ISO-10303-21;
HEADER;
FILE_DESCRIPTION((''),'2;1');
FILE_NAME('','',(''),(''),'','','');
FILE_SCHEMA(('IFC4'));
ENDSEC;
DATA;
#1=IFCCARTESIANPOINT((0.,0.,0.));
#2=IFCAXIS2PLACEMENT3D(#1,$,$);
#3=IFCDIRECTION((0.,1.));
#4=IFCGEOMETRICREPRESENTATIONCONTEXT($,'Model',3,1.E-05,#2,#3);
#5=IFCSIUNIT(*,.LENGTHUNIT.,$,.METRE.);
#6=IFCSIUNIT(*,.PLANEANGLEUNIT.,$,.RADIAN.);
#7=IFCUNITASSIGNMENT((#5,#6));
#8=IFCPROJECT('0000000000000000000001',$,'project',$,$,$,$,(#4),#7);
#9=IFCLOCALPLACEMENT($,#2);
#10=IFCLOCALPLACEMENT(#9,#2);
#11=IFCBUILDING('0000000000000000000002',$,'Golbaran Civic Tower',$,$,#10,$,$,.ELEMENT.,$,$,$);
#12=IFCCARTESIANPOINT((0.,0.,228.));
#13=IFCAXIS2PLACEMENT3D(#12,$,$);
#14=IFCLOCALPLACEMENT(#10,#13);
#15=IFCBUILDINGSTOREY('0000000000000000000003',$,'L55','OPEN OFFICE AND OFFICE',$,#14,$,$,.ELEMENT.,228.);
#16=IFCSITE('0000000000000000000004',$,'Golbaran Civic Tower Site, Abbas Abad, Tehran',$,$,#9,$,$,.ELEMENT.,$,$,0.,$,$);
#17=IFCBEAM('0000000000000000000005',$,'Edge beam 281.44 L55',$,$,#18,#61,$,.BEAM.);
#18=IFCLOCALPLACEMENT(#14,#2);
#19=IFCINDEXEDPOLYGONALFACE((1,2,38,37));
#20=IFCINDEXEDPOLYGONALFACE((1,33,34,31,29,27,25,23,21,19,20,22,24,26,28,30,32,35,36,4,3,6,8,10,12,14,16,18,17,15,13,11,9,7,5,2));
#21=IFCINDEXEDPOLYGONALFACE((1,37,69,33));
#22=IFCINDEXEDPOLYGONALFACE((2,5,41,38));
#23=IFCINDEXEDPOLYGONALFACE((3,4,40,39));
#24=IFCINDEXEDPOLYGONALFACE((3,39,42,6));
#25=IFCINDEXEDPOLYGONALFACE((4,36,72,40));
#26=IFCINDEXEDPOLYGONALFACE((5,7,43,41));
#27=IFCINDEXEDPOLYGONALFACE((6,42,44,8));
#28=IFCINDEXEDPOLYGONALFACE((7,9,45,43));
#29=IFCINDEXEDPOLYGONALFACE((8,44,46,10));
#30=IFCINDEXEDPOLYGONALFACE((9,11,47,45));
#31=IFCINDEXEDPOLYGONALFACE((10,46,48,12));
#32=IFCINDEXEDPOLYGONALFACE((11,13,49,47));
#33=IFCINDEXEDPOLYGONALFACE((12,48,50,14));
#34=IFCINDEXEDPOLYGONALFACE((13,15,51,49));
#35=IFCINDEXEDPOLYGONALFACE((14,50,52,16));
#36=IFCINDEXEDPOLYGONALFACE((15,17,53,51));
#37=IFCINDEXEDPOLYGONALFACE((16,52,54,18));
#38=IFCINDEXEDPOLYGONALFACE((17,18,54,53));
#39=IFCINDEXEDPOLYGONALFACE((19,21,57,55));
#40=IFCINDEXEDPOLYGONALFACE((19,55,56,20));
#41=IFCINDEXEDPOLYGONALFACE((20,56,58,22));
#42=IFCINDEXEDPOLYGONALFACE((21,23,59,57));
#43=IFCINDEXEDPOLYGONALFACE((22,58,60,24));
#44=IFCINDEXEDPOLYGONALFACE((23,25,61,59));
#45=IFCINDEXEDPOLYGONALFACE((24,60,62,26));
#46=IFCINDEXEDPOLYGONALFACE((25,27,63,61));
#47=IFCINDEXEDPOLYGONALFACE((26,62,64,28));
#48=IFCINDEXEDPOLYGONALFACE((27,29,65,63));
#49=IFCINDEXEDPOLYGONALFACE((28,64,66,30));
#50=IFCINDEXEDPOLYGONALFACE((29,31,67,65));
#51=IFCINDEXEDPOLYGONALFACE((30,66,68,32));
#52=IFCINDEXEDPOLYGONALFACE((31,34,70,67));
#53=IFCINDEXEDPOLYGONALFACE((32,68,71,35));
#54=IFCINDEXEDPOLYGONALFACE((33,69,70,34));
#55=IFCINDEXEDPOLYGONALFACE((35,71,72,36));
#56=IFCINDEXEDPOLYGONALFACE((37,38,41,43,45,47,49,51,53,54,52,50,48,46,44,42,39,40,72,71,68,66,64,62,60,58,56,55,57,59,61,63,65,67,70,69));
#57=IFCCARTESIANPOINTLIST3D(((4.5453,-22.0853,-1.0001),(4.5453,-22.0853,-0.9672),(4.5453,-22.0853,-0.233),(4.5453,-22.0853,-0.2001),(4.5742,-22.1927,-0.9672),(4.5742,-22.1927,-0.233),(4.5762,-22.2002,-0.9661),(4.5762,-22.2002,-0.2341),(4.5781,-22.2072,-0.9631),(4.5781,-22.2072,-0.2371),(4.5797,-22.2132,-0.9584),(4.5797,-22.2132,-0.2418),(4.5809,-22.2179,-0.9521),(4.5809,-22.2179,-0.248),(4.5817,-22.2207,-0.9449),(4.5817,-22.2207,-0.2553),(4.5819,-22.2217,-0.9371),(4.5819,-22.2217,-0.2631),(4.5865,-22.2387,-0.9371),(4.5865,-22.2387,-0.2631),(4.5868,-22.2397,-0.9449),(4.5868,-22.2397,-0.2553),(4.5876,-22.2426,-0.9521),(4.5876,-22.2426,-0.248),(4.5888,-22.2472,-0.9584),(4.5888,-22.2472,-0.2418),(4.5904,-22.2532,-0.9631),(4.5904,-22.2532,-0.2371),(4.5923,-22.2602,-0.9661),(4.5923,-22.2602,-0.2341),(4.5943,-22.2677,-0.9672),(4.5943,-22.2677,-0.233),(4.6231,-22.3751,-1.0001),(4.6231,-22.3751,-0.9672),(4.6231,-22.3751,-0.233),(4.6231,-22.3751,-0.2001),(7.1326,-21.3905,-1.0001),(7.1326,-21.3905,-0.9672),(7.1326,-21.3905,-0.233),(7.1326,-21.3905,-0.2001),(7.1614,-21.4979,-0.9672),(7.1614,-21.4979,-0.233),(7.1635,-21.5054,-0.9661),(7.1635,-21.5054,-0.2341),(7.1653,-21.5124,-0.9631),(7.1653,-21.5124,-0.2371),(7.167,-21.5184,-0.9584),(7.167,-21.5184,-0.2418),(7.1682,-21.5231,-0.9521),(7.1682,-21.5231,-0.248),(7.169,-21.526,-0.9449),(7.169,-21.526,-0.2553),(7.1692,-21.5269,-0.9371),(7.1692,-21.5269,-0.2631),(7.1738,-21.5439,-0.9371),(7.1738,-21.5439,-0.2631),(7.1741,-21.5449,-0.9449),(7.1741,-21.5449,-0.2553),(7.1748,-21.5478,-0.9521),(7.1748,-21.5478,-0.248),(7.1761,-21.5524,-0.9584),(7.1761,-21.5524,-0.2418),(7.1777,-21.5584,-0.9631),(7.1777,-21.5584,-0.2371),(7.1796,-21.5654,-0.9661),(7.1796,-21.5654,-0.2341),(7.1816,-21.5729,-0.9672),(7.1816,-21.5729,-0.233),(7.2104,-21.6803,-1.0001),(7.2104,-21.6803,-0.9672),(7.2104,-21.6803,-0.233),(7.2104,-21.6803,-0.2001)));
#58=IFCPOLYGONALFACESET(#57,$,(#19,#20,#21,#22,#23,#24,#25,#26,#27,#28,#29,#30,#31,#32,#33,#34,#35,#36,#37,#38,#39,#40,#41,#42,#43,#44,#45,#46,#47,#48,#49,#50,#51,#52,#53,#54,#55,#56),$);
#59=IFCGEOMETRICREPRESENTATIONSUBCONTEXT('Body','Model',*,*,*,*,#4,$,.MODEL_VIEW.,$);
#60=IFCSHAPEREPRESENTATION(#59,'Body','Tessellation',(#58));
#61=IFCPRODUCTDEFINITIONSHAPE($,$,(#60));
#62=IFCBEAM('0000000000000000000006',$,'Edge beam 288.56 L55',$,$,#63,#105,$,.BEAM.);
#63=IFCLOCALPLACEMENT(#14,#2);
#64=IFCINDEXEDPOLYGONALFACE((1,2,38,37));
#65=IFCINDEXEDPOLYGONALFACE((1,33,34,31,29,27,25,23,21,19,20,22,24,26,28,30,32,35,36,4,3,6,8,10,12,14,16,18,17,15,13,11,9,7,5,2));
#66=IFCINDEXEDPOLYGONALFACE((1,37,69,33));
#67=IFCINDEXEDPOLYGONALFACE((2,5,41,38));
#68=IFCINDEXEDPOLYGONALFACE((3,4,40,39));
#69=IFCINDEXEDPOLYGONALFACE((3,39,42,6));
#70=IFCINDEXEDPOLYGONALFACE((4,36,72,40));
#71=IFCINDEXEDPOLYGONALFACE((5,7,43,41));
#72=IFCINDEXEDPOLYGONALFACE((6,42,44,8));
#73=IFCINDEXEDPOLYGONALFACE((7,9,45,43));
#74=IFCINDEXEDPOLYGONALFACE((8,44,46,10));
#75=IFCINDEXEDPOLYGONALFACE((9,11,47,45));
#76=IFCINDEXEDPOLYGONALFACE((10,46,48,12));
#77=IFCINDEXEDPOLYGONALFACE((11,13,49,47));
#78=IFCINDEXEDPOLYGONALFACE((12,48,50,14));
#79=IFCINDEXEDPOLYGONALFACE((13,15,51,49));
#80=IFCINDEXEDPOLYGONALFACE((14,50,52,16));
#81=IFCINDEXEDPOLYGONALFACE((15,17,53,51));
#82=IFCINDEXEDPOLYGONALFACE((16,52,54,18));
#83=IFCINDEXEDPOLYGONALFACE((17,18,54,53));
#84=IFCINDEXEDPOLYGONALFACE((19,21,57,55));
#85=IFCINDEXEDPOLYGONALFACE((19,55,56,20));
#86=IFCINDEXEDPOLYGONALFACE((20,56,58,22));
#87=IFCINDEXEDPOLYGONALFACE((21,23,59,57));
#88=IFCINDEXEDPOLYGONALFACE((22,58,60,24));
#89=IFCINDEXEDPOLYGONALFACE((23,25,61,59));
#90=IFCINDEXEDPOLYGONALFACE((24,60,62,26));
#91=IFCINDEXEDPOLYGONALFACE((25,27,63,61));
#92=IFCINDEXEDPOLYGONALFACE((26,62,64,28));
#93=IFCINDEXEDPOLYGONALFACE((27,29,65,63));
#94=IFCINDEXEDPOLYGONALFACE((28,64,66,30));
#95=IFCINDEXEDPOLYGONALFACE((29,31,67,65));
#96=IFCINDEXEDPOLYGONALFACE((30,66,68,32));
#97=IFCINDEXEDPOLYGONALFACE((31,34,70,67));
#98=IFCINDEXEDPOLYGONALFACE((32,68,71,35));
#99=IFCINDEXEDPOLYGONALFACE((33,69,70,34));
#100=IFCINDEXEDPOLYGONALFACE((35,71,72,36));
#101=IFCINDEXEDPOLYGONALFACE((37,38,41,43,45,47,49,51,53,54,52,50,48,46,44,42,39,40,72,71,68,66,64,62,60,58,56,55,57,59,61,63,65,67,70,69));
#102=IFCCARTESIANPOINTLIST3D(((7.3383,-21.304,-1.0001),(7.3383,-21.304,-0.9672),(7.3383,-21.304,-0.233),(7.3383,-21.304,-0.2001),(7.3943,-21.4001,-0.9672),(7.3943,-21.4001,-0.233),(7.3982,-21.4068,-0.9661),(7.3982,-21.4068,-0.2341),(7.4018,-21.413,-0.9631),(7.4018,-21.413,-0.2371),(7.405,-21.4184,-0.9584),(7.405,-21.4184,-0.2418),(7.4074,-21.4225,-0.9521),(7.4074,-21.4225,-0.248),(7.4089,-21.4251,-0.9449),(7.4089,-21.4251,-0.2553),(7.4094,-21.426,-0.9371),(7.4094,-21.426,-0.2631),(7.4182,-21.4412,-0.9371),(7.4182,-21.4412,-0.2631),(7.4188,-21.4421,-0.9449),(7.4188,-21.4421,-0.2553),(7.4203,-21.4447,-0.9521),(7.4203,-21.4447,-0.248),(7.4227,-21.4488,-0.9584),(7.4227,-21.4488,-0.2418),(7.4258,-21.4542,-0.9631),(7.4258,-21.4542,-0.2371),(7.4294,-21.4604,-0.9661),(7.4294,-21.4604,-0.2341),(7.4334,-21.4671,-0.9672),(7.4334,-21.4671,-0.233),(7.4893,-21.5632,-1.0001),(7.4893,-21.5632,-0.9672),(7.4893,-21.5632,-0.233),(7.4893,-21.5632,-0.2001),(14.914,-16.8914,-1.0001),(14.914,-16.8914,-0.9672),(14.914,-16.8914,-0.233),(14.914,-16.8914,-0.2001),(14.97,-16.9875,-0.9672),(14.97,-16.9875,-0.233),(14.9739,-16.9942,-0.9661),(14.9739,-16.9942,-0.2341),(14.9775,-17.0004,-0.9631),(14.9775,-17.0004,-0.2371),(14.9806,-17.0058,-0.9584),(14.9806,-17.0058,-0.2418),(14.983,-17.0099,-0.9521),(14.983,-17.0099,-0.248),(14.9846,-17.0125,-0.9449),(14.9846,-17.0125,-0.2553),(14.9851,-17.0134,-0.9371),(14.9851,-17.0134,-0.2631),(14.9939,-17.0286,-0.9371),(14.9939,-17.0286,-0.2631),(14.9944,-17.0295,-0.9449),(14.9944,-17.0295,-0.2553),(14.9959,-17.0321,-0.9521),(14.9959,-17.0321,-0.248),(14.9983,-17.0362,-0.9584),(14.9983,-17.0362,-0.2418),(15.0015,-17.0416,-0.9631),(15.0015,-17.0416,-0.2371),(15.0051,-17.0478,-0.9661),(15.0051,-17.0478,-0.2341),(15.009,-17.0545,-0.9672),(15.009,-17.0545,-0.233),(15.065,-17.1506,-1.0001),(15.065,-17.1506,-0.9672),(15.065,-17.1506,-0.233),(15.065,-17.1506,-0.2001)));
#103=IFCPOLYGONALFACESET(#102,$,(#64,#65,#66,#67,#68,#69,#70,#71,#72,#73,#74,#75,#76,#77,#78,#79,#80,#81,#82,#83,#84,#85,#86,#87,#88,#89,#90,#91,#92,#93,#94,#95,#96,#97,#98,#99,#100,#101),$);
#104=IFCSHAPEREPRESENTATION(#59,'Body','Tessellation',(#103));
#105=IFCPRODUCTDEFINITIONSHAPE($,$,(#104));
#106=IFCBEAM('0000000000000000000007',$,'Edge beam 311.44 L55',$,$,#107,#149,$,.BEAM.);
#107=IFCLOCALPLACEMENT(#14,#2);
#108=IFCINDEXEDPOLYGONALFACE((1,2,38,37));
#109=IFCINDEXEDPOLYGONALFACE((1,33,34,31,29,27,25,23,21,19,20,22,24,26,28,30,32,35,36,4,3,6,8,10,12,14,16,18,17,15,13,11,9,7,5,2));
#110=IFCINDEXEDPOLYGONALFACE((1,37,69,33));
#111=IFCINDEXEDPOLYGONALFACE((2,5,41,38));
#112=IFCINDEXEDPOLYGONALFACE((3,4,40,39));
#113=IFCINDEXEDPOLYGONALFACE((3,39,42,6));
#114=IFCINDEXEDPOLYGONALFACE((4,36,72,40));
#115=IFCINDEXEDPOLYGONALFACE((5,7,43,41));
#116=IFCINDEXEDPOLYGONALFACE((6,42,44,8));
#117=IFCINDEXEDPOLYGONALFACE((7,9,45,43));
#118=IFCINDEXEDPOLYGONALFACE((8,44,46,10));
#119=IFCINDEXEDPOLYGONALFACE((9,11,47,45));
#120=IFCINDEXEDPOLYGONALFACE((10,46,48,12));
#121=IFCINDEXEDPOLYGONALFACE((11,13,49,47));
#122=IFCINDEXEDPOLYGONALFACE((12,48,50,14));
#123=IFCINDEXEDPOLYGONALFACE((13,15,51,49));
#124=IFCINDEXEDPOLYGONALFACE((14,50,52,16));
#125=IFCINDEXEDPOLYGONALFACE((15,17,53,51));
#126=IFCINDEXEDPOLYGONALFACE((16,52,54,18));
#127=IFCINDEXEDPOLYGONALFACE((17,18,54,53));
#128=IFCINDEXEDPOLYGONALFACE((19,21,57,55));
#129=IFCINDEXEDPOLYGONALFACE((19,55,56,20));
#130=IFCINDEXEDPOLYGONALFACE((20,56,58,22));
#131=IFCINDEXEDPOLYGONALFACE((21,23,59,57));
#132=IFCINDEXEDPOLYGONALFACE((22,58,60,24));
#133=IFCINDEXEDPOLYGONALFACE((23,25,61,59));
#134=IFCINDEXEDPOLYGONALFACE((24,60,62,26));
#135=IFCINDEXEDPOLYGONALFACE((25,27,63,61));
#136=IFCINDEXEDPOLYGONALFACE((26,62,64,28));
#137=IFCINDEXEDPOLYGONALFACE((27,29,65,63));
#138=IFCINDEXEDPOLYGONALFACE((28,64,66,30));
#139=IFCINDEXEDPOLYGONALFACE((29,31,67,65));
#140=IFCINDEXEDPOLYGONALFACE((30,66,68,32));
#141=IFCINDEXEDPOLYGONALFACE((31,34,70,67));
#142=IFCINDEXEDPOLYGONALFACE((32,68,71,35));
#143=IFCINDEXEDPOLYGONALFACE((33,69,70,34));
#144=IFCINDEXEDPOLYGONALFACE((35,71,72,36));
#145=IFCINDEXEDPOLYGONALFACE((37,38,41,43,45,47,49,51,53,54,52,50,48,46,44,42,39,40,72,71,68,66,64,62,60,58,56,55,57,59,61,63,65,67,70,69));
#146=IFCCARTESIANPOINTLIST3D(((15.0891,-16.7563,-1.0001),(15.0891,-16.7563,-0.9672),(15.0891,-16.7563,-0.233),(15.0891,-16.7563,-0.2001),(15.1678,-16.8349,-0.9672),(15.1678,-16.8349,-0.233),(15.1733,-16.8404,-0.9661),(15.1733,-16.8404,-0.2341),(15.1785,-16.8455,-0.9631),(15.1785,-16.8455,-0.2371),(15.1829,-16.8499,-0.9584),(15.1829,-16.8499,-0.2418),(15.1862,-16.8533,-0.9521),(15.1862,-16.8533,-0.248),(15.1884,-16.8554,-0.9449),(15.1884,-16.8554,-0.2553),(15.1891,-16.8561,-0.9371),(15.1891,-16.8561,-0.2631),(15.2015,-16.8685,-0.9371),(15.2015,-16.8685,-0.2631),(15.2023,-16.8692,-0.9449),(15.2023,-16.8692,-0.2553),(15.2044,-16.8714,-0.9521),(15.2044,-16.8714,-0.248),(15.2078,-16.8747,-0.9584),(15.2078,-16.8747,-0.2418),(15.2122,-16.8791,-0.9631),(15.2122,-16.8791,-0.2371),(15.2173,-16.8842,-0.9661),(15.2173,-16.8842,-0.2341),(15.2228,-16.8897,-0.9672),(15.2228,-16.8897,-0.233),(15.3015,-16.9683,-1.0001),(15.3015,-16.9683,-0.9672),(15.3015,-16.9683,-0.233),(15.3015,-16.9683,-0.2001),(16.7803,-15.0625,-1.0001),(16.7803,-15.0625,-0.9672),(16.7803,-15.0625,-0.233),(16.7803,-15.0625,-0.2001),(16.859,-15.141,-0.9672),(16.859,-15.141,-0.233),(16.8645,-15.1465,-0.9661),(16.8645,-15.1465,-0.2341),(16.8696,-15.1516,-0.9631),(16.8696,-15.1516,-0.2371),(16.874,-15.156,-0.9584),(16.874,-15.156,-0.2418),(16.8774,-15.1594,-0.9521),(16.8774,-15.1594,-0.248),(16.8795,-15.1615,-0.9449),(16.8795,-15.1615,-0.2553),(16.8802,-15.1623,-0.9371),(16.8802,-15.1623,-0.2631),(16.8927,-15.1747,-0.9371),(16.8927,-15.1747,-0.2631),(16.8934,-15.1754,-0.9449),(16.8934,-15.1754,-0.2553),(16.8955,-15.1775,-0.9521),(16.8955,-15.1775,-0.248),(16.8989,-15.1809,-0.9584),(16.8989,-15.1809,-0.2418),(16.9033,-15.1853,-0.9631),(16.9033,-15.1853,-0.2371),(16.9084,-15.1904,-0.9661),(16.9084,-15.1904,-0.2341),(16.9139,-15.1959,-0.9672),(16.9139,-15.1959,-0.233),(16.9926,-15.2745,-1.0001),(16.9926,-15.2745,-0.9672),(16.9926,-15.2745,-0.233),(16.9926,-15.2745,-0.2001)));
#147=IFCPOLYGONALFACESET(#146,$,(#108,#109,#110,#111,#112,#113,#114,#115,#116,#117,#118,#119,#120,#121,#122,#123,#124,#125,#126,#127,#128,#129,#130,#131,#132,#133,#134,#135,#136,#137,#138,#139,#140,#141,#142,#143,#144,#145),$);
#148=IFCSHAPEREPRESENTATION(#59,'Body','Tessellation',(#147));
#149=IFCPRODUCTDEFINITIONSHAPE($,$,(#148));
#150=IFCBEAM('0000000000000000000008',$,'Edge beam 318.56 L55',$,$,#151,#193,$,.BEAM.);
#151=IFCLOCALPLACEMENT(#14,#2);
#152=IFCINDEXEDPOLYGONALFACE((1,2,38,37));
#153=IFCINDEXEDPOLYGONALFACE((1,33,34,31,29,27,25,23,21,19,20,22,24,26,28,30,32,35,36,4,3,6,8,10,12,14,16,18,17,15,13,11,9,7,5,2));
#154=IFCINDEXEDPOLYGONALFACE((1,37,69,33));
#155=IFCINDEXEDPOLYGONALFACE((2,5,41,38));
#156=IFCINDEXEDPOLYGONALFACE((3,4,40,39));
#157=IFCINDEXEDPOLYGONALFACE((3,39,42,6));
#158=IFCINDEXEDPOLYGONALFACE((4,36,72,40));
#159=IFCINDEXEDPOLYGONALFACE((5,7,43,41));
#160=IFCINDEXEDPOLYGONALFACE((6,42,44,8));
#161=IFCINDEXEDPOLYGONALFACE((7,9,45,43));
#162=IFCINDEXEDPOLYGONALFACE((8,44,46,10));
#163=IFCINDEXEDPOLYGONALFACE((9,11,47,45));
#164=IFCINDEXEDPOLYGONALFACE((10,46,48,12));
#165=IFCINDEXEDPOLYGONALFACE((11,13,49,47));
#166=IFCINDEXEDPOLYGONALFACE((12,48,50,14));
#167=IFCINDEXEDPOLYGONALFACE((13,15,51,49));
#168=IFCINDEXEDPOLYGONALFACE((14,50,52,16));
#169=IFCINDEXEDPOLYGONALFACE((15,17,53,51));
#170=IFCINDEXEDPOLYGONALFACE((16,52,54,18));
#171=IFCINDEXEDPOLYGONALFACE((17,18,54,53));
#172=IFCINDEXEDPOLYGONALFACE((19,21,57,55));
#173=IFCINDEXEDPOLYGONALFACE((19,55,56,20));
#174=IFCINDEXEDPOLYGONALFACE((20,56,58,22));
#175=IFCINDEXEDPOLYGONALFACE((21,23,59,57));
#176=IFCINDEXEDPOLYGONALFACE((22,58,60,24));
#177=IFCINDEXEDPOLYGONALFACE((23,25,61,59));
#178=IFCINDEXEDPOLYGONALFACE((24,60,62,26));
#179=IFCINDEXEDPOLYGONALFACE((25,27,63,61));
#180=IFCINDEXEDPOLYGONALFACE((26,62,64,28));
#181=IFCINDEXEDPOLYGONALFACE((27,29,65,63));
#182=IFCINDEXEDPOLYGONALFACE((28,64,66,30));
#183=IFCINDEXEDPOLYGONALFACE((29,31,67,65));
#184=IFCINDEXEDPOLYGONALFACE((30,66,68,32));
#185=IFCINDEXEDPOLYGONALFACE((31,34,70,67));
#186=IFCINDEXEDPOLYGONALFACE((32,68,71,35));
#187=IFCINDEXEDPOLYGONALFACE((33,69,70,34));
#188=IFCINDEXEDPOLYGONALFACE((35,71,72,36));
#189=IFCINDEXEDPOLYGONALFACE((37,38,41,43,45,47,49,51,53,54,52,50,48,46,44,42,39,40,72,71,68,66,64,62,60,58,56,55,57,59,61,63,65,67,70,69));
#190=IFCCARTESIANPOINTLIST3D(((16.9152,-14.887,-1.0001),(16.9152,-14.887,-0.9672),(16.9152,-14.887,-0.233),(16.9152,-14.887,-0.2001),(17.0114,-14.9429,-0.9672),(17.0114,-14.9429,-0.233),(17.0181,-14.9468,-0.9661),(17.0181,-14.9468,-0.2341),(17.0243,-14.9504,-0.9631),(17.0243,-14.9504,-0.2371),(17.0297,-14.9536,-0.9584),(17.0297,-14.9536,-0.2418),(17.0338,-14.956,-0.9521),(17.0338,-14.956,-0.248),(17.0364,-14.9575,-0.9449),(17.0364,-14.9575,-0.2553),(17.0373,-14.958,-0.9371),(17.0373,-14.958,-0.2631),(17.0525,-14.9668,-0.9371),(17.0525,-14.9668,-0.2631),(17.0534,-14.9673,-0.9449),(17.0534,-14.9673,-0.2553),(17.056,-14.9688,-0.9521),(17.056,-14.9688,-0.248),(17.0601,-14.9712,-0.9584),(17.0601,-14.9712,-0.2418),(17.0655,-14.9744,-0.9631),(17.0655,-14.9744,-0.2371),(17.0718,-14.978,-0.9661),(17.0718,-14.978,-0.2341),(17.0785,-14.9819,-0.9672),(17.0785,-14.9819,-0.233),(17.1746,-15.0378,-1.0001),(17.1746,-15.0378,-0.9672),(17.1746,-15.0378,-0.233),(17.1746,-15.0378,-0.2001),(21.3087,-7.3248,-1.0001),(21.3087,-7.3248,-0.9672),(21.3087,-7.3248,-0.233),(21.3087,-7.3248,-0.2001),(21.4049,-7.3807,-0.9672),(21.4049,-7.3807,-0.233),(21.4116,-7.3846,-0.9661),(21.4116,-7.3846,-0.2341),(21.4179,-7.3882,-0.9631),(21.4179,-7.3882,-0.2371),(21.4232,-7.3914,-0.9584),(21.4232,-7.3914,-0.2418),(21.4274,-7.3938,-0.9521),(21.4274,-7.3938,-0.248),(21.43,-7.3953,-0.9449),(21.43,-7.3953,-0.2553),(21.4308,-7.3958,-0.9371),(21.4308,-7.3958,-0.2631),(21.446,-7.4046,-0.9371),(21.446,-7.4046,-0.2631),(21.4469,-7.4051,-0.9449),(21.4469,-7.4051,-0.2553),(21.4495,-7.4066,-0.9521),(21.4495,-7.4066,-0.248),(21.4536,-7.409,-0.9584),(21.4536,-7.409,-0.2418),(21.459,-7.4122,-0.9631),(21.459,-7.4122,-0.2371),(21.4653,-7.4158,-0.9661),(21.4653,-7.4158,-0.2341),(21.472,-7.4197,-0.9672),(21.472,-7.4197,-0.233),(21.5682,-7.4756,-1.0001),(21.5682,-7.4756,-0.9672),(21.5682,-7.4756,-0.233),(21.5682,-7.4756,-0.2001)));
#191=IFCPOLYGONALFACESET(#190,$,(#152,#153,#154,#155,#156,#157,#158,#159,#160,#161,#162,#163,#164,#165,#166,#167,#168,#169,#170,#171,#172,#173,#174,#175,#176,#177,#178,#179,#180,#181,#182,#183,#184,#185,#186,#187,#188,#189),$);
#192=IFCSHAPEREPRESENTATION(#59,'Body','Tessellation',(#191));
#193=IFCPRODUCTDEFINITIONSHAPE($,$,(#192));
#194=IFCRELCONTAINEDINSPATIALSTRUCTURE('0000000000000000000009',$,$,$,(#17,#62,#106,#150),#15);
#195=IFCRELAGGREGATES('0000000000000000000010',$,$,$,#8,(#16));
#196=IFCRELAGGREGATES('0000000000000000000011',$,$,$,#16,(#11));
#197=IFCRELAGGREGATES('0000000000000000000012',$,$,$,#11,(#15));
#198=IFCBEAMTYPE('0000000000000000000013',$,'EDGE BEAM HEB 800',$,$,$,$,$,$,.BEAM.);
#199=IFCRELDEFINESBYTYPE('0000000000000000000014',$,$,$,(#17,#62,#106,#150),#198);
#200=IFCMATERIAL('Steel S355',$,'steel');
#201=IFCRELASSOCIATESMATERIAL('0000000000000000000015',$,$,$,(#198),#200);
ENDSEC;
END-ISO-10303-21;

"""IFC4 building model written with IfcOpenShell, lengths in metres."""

from ifc_helpers import new_model, si_unit, direction, frame, origin, origin_2d, place, context, subcontext, project, spatial, i_section, extrude, material, material_profile, profile_set, type_object, element, save


model = new_model("IFC4")

# Units and contexts
model_context = context("Model", 3, precision=1e-05, world=origin(), true_north=direction((0.0, 1.0)))
body_context = subcontext(model_context, "Body", "Model", "MODEL_VIEW")
ifc_project = project(units=[si_unit("LENGTHUNIT", "METRE"), si_unit("PLANEANGLEUNIT", "RADIAN")], contexts=[model_context])

# Site, building, storey
site_placement = place(None, origin())
site = spatial("IfcSite", under=ifc_project, at=site_placement, Name="Golbaran Civic Tower Site, Abbas Abad, Tehran", CompositionType="ELEMENT", RefElevation=0.0)
building_placement = place(site_placement, origin())
building = spatial("IfcBuilding", under=site, at=building_placement, Name="Golbaran Civic Tower", CompositionType="ELEMENT")
storey_placement = place(building_placement, frame((0.0, 0.0, 228.0)))
storey = spatial("IfcBuildingStorey", under=building, at=storey_placement, Name="L55", Description="OPEN OFFICE AND OFFICE", CompositionType="ELEMENT", Elevation=228.0)

# Beams
ifc_material_1 = material(Name="Steel S355", Category="steel")
ifc_material_profile_1 = material_profile(ifc_material_1, i_section(OverallWidth=0.3, OverallDepth=0.8, WebThickness=0.0176, FlangeThickness=0.033, FilletRadius=0.03, at=origin_2d()), Name="HEB 800")
ifc_profile_set_1 = profile_set([ifc_material_profile_1], Name="Steel S355")
beam_type_1 = type_object("IfcBeamType", Name="EDGE BEAM HEB 800", PredefinedType="BEAM", material=ifc_profile_set_1)
beam_1_placement = place(storey_placement, frame((4.5842, -22.2302, -0.6001), z_axis=(0.965783, 0.259352, 0.0), x_axis=(-0.259352, 0.965783, 0.0)))
element("IfcBeam", 1, at=beam_1_placement, inside=storey, type_object=beam_type_1, Name="Edge beam 281.44 L55", PredefinedType="BEAM", context=body_context, shape_type="SweptSolid", body=[
    extrude(i_section(OverallWidth=0.3, OverallDepth=0.8, WebThickness=0.0176, FlangeThickness=0.033, FilletRadius=0.03, at=origin_2d()), origin(), (0.0, 0.0, 1.0), 2.679),
])
beam_2_placement = place(storey_placement, frame((7.4138, -21.4336, -0.6001), z_axis=(0.864104, 0.503313, 0.0), x_axis=(-0.503313, 0.864104, 0.0)))
element("IfcBeam", 2, at=beam_2_placement, inside=storey, type_object=beam_type_1, Name="Edge beam 288.56 L55", PredefinedType="BEAM", context=body_context, shape_type="SweptSolid", body=[
    extrude(i_section(OverallWidth=0.3, OverallDepth=0.8, WebThickness=0.0176, FlangeThickness=0.033, FilletRadius=0.03, at=origin_2d()), origin(), (0.0, 0.0, 1.0), 8.7671),
])
beam_3_placement = place(storey_placement, frame((15.1953, -16.8623, -0.6001), z_axis=(0.706546, 0.707668, 0.0), x_axis=(-0.707668, 0.706546, 0.0)))
element("IfcBeam", 3, at=beam_3_placement, inside=storey, type_object=beam_type_1, Name="Edge beam 311.44 L55", PredefinedType="BEAM", context=body_context, shape_type="SweptSolid", body=[
    extrude(i_section(OverallWidth=0.3, OverallDepth=0.8, WebThickness=0.0176, FlangeThickness=0.033, FilletRadius=0.03, at=origin_2d()), origin(), (0.0, 0.0, 1.0), 2.3936),
])
beam_4_placement = place(storey_placement, frame((17.0449, -14.9624, -0.6001), z_axis=(0.502355, 0.864661, 0.0), x_axis=(-0.864661, 0.502355, 0.0)))
element("IfcBeam", 4, at=beam_4_placement, inside=storey, type_object=beam_type_1, Name="Edge beam 318.56 L55", PredefinedType="BEAM", context=body_context, shape_type="SweptSolid", body=[
    extrude(i_section(OverallWidth=0.3, OverallDepth=0.8, WebThickness=0.0176, FlangeThickness=0.033, FilletRadius=0.03, at=origin_2d()), origin(), (0.0, 0.0, 1.0), 8.7458),
])

save(model, "model.ifc")
